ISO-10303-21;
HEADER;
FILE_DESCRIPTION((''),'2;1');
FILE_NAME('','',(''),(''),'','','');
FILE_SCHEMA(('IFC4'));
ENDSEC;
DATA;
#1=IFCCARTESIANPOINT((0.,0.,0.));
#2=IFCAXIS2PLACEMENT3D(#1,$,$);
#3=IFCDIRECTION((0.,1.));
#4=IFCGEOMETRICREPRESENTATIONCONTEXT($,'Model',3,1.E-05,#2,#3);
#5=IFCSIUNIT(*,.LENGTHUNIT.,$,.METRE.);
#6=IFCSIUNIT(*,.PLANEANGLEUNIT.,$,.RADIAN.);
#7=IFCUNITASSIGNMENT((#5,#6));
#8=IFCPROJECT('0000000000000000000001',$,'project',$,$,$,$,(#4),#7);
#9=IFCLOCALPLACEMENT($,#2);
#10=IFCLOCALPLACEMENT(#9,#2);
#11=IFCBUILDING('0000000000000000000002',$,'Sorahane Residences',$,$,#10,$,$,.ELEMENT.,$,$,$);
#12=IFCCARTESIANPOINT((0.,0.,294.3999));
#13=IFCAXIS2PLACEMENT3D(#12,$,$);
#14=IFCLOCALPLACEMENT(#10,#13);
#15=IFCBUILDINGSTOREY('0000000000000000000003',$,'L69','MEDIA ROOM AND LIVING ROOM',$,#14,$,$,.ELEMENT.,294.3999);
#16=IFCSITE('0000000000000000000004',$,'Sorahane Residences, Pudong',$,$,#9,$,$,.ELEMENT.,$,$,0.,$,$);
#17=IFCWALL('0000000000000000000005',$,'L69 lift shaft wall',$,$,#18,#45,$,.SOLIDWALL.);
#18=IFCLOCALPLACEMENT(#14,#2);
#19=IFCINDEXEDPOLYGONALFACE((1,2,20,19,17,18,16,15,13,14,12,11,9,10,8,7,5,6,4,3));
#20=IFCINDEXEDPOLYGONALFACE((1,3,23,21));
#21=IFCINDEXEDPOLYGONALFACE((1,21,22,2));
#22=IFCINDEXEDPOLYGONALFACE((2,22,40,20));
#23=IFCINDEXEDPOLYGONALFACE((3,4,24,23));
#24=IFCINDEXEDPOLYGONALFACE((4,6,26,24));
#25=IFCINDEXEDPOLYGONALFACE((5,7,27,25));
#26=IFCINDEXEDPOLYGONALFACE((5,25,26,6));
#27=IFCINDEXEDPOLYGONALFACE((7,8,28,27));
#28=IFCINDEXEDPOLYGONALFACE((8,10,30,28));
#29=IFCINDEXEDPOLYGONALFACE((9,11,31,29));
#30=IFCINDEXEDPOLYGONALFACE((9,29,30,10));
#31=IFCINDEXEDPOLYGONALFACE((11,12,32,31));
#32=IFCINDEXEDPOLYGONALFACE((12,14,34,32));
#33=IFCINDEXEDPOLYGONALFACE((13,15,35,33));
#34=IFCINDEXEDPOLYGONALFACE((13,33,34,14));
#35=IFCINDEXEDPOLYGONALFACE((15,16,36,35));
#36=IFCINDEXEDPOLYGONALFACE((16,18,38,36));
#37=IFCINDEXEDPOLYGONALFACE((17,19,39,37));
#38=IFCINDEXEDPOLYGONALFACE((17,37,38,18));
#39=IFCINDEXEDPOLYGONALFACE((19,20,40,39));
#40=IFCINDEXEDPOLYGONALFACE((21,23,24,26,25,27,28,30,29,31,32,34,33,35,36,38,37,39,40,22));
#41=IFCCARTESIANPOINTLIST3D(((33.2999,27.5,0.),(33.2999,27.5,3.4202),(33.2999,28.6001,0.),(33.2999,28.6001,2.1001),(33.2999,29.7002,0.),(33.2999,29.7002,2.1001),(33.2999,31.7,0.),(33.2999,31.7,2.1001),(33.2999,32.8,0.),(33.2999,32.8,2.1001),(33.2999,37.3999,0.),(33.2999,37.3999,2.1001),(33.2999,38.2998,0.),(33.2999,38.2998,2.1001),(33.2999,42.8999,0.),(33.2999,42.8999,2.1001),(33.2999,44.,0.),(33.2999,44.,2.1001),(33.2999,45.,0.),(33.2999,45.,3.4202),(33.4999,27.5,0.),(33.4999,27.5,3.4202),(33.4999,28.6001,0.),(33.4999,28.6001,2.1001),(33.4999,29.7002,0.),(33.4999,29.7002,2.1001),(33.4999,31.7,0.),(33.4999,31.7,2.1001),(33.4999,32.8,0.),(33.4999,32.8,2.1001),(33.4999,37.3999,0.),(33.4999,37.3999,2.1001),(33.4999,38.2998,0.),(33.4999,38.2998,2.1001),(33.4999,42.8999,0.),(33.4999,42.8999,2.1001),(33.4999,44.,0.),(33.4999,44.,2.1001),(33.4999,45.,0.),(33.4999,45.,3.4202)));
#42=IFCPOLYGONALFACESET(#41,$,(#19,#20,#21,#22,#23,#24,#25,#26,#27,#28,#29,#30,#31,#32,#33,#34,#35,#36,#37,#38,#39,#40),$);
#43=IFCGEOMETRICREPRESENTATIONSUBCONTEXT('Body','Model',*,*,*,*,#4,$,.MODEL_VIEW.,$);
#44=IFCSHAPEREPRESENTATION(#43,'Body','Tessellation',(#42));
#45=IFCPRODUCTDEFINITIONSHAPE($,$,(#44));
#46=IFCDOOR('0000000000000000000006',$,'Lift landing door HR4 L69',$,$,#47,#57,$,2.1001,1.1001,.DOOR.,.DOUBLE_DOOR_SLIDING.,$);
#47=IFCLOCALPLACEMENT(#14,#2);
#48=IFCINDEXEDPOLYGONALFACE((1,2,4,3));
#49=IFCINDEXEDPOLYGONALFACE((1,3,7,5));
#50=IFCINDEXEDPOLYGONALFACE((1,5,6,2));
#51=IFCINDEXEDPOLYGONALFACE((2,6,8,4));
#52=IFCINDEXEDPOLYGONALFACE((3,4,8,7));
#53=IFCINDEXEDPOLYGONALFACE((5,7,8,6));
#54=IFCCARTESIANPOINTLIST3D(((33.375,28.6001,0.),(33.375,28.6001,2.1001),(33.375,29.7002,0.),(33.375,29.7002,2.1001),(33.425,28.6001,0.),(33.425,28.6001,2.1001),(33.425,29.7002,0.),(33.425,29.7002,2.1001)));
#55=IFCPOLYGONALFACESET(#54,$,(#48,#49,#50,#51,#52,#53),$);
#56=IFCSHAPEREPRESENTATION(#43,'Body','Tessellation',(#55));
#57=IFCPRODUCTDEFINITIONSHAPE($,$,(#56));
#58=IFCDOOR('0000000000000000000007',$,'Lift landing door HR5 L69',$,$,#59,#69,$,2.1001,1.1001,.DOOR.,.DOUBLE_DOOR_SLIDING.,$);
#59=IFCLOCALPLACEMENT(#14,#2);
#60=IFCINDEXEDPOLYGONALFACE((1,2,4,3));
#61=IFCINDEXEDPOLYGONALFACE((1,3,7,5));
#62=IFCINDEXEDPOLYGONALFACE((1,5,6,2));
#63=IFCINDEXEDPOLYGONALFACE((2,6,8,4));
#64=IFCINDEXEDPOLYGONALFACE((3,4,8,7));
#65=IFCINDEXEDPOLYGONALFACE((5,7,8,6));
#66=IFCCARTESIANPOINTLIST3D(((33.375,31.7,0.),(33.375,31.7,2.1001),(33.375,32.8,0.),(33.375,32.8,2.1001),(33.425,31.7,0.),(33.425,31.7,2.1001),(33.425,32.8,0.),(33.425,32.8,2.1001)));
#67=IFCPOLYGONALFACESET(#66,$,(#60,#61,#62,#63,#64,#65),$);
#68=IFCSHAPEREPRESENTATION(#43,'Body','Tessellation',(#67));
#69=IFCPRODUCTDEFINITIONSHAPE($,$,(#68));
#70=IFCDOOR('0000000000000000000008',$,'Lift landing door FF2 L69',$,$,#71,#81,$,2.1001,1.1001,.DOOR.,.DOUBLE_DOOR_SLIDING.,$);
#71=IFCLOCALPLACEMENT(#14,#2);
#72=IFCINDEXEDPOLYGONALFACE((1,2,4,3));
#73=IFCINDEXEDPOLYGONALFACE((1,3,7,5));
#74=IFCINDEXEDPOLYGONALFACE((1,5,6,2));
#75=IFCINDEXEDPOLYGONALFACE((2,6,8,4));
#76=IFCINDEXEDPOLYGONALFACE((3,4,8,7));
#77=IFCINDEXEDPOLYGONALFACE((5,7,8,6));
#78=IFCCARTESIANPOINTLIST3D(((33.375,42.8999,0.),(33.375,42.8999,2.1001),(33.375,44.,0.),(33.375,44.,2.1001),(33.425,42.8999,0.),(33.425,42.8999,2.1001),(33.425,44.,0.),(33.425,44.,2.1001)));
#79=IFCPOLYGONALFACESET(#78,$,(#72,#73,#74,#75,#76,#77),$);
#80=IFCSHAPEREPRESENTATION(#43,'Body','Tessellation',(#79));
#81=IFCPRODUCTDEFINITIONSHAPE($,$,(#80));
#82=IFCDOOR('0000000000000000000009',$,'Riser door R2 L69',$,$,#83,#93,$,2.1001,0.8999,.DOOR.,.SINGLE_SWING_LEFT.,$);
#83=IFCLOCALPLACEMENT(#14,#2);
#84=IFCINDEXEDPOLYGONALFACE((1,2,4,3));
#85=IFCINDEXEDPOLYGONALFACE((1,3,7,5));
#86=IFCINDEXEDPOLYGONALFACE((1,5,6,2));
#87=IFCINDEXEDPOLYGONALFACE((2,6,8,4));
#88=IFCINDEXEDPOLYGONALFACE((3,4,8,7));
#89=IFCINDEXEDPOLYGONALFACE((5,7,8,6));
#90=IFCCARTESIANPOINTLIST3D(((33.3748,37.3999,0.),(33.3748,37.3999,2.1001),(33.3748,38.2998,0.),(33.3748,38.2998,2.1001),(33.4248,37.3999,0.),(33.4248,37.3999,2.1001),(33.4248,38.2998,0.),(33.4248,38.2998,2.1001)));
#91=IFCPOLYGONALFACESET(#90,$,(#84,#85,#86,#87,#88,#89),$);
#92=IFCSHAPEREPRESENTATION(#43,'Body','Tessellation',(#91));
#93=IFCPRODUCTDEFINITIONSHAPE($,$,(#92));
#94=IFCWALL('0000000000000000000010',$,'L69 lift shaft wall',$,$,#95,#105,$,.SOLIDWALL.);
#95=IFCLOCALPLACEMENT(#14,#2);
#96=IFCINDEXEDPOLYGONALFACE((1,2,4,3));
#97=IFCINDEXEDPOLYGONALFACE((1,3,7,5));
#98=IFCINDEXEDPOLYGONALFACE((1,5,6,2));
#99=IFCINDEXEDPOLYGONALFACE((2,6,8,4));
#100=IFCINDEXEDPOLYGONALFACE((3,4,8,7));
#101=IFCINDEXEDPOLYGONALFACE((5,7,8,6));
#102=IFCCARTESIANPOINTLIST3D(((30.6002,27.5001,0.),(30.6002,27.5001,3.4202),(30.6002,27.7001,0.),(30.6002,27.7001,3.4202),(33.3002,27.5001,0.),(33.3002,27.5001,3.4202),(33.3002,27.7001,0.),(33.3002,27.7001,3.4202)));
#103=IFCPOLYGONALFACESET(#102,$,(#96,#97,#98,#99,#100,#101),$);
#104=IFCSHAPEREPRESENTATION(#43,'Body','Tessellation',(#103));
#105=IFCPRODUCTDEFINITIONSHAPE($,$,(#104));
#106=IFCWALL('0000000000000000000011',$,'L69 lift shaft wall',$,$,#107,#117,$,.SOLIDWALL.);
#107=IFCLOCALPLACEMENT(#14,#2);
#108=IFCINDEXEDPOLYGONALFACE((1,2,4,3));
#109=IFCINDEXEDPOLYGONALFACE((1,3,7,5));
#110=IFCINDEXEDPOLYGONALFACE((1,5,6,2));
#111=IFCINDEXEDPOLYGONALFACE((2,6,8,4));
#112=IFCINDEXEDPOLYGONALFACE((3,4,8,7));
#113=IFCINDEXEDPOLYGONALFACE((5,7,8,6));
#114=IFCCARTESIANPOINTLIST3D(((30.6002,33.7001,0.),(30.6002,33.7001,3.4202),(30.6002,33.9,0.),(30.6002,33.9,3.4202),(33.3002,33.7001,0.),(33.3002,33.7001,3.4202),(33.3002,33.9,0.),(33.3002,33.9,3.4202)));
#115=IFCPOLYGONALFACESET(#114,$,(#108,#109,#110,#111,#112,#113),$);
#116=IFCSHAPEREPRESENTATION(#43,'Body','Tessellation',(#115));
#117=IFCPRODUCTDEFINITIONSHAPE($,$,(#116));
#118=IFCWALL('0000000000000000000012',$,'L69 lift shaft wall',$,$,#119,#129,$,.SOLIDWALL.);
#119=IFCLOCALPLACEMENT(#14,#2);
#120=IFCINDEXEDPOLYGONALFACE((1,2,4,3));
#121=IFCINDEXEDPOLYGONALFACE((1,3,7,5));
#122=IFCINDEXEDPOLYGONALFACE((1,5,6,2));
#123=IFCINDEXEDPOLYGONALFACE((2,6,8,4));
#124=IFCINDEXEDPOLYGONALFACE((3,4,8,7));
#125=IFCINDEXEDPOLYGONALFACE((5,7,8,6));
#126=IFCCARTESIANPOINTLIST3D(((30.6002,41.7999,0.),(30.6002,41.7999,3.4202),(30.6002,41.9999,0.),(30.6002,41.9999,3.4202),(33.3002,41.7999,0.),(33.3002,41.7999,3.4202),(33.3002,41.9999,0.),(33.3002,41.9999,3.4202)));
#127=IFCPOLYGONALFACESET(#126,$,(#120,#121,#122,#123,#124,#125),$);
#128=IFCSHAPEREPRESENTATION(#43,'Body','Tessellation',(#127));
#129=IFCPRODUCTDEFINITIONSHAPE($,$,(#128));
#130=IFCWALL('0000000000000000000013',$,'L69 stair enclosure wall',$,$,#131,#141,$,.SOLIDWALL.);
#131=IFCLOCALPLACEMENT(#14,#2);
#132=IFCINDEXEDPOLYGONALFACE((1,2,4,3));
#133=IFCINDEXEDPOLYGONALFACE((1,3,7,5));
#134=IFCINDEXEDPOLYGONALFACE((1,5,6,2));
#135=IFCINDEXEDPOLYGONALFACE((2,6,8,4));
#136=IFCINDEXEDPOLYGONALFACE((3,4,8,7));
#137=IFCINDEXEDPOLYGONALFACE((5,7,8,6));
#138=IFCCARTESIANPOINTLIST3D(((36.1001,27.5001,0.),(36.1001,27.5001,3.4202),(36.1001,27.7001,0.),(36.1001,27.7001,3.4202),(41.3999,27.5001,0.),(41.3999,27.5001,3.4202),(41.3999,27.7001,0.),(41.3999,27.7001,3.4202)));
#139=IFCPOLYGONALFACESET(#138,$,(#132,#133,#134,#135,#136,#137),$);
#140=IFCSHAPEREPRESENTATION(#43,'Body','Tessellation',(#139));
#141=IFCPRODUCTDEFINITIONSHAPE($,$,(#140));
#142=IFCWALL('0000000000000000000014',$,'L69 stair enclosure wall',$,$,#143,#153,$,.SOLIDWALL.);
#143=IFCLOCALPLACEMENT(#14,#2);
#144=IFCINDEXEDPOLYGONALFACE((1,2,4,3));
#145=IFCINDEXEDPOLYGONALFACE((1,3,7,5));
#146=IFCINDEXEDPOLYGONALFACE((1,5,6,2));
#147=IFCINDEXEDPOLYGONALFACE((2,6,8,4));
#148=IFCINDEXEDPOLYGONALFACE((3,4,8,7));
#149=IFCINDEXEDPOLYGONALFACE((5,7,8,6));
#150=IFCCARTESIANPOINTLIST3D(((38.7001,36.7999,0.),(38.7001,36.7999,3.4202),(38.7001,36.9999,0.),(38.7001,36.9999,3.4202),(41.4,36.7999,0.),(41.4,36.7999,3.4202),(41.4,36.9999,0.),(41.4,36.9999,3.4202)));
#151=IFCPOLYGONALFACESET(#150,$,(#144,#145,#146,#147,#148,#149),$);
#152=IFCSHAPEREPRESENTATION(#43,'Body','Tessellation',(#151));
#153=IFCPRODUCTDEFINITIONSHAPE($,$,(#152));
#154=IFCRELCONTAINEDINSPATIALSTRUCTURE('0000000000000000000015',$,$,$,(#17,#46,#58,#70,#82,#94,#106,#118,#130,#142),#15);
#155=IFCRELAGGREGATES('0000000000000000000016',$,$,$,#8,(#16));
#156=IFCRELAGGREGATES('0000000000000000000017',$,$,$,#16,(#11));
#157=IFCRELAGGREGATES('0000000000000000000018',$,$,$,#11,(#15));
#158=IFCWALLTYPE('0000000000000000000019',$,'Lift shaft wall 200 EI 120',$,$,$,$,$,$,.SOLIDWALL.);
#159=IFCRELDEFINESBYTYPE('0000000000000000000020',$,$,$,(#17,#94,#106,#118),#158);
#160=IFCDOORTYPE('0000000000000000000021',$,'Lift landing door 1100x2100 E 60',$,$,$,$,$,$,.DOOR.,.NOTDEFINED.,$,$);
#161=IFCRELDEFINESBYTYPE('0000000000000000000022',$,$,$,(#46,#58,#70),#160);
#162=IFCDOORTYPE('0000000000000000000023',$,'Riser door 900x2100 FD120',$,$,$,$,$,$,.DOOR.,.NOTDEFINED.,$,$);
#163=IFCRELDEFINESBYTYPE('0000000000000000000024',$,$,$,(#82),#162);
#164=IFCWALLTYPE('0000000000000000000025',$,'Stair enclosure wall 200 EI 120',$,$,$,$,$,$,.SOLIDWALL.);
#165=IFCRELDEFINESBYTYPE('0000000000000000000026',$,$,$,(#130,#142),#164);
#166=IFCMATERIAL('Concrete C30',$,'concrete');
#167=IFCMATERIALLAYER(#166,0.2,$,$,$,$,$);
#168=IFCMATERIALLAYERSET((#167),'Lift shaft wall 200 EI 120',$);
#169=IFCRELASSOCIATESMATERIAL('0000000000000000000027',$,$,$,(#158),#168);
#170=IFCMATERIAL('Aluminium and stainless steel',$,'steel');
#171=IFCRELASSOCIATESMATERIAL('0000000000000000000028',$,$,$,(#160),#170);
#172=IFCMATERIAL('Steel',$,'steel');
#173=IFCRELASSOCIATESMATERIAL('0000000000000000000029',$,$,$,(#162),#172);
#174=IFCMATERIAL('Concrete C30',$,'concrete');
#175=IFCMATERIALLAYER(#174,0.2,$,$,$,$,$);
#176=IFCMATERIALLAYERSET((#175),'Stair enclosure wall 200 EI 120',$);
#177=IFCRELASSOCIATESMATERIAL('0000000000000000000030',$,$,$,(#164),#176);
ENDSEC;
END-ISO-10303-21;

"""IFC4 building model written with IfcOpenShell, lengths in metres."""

from ifc_helpers import new_model, si_unit, direction, frame, frame_2d, origin, place, context, subcontext, project, spatial, rectangle, extrude, material, layer, layer_set, type_object, element, fill, save


model = new_model("IFC4")

# Units and contexts
model_context = context("Model", 3, precision=1e-05, world=origin(), true_north=direction((0.0, 1.0)))
body_context = subcontext(model_context, "Body", "Model", "MODEL_VIEW")
ifc_project = project(units=[si_unit("LENGTHUNIT", "METRE"), si_unit("PLANEANGLEUNIT", "RADIAN")], contexts=[model_context])

# Site, building, storey
site_placement = place(None, origin())
site = spatial("IfcSite", under=ifc_project, at=site_placement, Name="Sorahane Residences, Pudong", CompositionType="ELEMENT", RefElevation=0.0)
building_placement = place(site_placement, origin())
building = spatial("IfcBuilding", under=site, at=building_placement, Name="Sorahane Residences", CompositionType="ELEMENT")
storey_placement = place(building_placement, frame((0.0, 0.0, 294.3999)))
storey = spatial("IfcBuildingStorey", under=building, at=storey_placement, Name="L69", Description="MEDIA ROOM AND LIVING ROOM", CompositionType="ELEMENT", Elevation=294.3999)

# Wall, openings, doors
ifc_material_1 = material(Name="Concrete C30", Category="concrete")
ifc_layer_1 = layer(ifc_material_1, 0.2)
ifc_layer_set_1 = layer_set([ifc_layer_1], Name="Lift shaft wall 200 EI 120")
wall_type_1 = type_object("IfcWallType", Name="Lift shaft wall 200 EI 120", PredefinedType="SOLIDWALL", material=ifc_layer_set_1)
wall_1_placement = place(storey_placement, frame((33.3999, 27.5, 0.0), z_axis=(0.0, 0.0, 1.0), x_axis=(0.0, 1.0, 0.0)))
wall_1 = element("IfcWall", 1, at=wall_1_placement, inside=storey, type_object=wall_type_1, Name="L69 lift shaft wall", PredefinedType="SOLIDWALL", context=body_context, shape_type="SweptSolid", body=[
    extrude(rectangle(XDim=17.5, YDim=0.2, at=frame_2d((8.75, 0.0))), origin(), (0.0, 0.0, 1.0), 3.4202),
])
opening_1_placement = place(wall_1_placement, frame((1.1001, 0.0, 0.0)))
opening_1 = element("IfcOpeningElement", 2, at=opening_1_placement, cuts=wall_1, PredefinedType="OPENING", context=body_context, shape_type="SweptSolid", body=[
    extrude(rectangle(XDim=1.1001, YDim=2.1001, at=frame_2d((0.55, 1.05))), frame((0.0, 0.1099, 0.0), z_axis=(0.0, -1.0, 0.0), x_axis=(1.0, 0.0, 0.0)), (0.0, 0.0, 1.0), 0.22),
])
opening_2_placement = place(wall_1_placement, frame((4.2, 0.0, 0.0)))
opening_2 = element("IfcOpeningElement", 3, at=opening_2_placement, cuts=wall_1, PredefinedType="OPENING", context=body_context, shape_type="SweptSolid", body=[
    extrude(rectangle(XDim=1.1001, YDim=2.1001, at=frame_2d((0.55, 1.05))), frame((0.0, 0.1099, 0.0), z_axis=(0.0, -1.0, 0.0), x_axis=(1.0, 0.0, 0.0)), (0.0, 0.0, 1.0), 0.22),
])
opening_3_placement = place(wall_1_placement, frame((15.3999, 0.0, 0.0)))
opening_3 = element("IfcOpeningElement", 4, at=opening_3_placement, cuts=wall_1, PredefinedType="OPENING", context=body_context, shape_type="SweptSolid", body=[
    extrude(rectangle(XDim=1.1001, YDim=2.1001, at=frame_2d((0.55, 1.05))), frame((0.0, 0.1099, 0.0), z_axis=(0.0, -1.0, 0.0), x_axis=(1.0, 0.0, 0.0)), (0.0, 0.0, 1.0), 0.22),
])
opening_4_placement = place(wall_1_placement, frame((9.8999, 0.0, 0.0)))
opening_4 = element("IfcOpeningElement", 5, at=opening_4_placement, cuts=wall_1, PredefinedType="OPENING", context=body_context, shape_type="SweptSolid", body=[
    extrude(rectangle(XDim=0.8999, YDim=2.1001, at=frame_2d((0.45, 1.05))), frame((0.0, 0.1099, 0.0), z_axis=(0.0, -1.0, 0.0), x_axis=(1.0, 0.0, 0.0)), (0.0, 0.0, 1.0), 0.22),
])
ifc_material_2 = material(Name="Aluminium and stainless steel", Category="steel")
door_type_1 = type_object("IfcDoorType", Name="Lift landing door 1100x2100 E 60", OperationType="NOTDEFINED", PredefinedType="DOOR", material=ifc_material_2)
door_1_placement = place(opening_1_placement, origin())
door_1 = element("IfcDoor", 6, at=door_1_placement, inside=storey, type_object=door_type_1, Name="Lift landing door HR4 L69", OperationType="DOUBLE_DOOR_SLIDING", OverallHeight=2.1001, OverallWidth=1.1001, PredefinedType="DOOR", context=body_context, shape_type="SweptSolid", body=[
    extrude(rectangle(XDim=1.1001, YDim=2.1001, at=frame_2d((0.55, 1.05))), frame((0.0, 0.0249, 0.0), z_axis=(0.0, -1.0, 0.0), x_axis=(1.0, 0.0, 0.0)), (0.0, 0.0, 1.0), 0.05),
])
fill(opening_1, door_1)
door_2_placement = place(opening_2_placement, origin())
door_2 = element("IfcDoor", 7, at=door_2_placement, inside=storey, type_object=door_type_1, Name="Lift landing door HR5 L69", OperationType="DOUBLE_DOOR_SLIDING", OverallHeight=2.1001, OverallWidth=1.1001, PredefinedType="DOOR", context=body_context, shape_type="SweptSolid", body=[
    extrude(rectangle(XDim=1.1001, YDim=2.1001, at=frame_2d((0.55, 1.05))), frame((0.0, 0.0249, 0.0), z_axis=(0.0, -1.0, 0.0), x_axis=(1.0, 0.0, 0.0)), (0.0, 0.0, 1.0), 0.05),
])
fill(opening_2, door_2)
door_3_placement = place(opening_3_placement, origin())
door_3 = element("IfcDoor", 8, at=door_3_placement, inside=storey, type_object=door_type_1, Name="Lift landing door FF2 L69", OperationType="DOUBLE_DOOR_SLIDING", OverallHeight=2.1001, OverallWidth=1.1001, PredefinedType="DOOR", context=body_context, shape_type="SweptSolid", body=[
    extrude(rectangle(XDim=1.1001, YDim=2.1001, at=frame_2d((0.55, 1.05))), frame((0.0, 0.0249, 0.0), z_axis=(0.0, -1.0, 0.0), x_axis=(1.0, 0.0, 0.0)), (0.0, 0.0, 1.0), 0.05),
])
fill(opening_3, door_3)
ifc_material_3 = material(Name="Steel", Category="steel")
door_type_2 = type_object("IfcDoorType", Name="Riser door 900x2100 FD120", OperationType="NOTDEFINED", PredefinedType="DOOR", material=ifc_material_3)
door_4_placement = place(opening_4_placement, frame((0.8999, 0.0, 0.0), z_axis=(0.0, 0.0, 1.0), x_axis=(-1.0, 0.0, 0.0)))
door_4 = element("IfcDoor", 9, at=door_4_placement, inside=storey, type_object=door_type_2, Name="Riser door R2 L69", OperationType="SINGLE_SWING_LEFT", OverallHeight=2.1001, OverallWidth=0.8999, PredefinedType="DOOR", context=body_context, shape_type="SweptSolid", body=[
    extrude(rectangle(XDim=0.8999, YDim=2.1001, at=frame_2d((0.45, 1.05))), frame((0.0, 0.0249, 0.0), z_axis=(0.0, -1.0, 0.0), x_axis=(1.0, 0.0, 0.0)), (0.0, 0.0, 1.0), 0.05),
])
fill(opening_4, door_4)

# Walls
for number, where, z_axis, x_axis, name in (
    (10, (30.6001, 27.6001, 0.0), (0.0, 0.0, 1.0), (1.0, 0.0, 0.0), "L69 lift shaft wall"),
    (11, (30.6001, 33.8, 0.0), (0.0, 0.0, 1.0), (1.0, 0.0, 0.0), "L69 lift shaft wall"),
    (12, (30.6001, 41.8999, 0.0), (0.0, 0.0, 1.0), (1.0, 0.0, 0.0), "L69 lift shaft wall"),
):
    element("IfcWall", number, at=place(storey_placement, frame(where, z_axis=z_axis, x_axis=x_axis)), inside=storey, type_object=wall_type_1, Name=name, PredefinedType="SOLIDWALL", context=body_context, shape_type="SweptSolid", body=[
        extrude(rectangle(XDim=2.7, YDim=0.2, at=frame_2d((1.3501, 0.0))), origin(), (0.0, 0.0, 1.0), 3.4202),
    ])
ifc_material_4 = material(Name="Concrete C30", Category="concrete")
ifc_layer_2 = layer(ifc_material_4, 0.2)
ifc_layer_set_2 = layer_set([ifc_layer_2], Name="Stair enclosure wall 200 EI 120")
wall_type_2 = type_object("IfcWallType", Name="Stair enclosure wall 200 EI 120", PredefinedType="SOLIDWALL", material=ifc_layer_set_2)
wall_2_placement = place(storey_placement, frame((36.1001, 27.6001, 0.0), z_axis=(0.0, 0.0, 1.0), x_axis=(1.0, 0.0, 0.0)))
element("IfcWall", 13, at=wall_2_placement, inside=storey, type_object=wall_type_2, Name="L69 stair enclosure wall", PredefinedType="SOLIDWALL", context=body_context, shape_type="SweptSolid", body=[
    extrude(rectangle(XDim=5.2998, YDim=0.2, at=frame_2d((2.6499, 0.0))), origin(), (0.0, 0.0, 1.0), 3.4202),
])
wall_3_placement = place(storey_placement, frame((38.7, 36.8999, 0.0), z_axis=(0.0, 0.0, 1.0), x_axis=(1.0, 0.0, 0.0)))
element("IfcWall", 14, at=wall_3_placement, inside=storey, type_object=wall_type_2, Name="L69 stair enclosure wall", PredefinedType="SOLIDWALL", context=body_context, shape_type="SweptSolid", body=[
    extrude(rectangle(XDim=2.7, YDim=0.2, at=frame_2d((1.3501, 0.0))), origin(), (0.0, 0.0, 1.0), 3.4202),
])

save(model, "model.ifc")
